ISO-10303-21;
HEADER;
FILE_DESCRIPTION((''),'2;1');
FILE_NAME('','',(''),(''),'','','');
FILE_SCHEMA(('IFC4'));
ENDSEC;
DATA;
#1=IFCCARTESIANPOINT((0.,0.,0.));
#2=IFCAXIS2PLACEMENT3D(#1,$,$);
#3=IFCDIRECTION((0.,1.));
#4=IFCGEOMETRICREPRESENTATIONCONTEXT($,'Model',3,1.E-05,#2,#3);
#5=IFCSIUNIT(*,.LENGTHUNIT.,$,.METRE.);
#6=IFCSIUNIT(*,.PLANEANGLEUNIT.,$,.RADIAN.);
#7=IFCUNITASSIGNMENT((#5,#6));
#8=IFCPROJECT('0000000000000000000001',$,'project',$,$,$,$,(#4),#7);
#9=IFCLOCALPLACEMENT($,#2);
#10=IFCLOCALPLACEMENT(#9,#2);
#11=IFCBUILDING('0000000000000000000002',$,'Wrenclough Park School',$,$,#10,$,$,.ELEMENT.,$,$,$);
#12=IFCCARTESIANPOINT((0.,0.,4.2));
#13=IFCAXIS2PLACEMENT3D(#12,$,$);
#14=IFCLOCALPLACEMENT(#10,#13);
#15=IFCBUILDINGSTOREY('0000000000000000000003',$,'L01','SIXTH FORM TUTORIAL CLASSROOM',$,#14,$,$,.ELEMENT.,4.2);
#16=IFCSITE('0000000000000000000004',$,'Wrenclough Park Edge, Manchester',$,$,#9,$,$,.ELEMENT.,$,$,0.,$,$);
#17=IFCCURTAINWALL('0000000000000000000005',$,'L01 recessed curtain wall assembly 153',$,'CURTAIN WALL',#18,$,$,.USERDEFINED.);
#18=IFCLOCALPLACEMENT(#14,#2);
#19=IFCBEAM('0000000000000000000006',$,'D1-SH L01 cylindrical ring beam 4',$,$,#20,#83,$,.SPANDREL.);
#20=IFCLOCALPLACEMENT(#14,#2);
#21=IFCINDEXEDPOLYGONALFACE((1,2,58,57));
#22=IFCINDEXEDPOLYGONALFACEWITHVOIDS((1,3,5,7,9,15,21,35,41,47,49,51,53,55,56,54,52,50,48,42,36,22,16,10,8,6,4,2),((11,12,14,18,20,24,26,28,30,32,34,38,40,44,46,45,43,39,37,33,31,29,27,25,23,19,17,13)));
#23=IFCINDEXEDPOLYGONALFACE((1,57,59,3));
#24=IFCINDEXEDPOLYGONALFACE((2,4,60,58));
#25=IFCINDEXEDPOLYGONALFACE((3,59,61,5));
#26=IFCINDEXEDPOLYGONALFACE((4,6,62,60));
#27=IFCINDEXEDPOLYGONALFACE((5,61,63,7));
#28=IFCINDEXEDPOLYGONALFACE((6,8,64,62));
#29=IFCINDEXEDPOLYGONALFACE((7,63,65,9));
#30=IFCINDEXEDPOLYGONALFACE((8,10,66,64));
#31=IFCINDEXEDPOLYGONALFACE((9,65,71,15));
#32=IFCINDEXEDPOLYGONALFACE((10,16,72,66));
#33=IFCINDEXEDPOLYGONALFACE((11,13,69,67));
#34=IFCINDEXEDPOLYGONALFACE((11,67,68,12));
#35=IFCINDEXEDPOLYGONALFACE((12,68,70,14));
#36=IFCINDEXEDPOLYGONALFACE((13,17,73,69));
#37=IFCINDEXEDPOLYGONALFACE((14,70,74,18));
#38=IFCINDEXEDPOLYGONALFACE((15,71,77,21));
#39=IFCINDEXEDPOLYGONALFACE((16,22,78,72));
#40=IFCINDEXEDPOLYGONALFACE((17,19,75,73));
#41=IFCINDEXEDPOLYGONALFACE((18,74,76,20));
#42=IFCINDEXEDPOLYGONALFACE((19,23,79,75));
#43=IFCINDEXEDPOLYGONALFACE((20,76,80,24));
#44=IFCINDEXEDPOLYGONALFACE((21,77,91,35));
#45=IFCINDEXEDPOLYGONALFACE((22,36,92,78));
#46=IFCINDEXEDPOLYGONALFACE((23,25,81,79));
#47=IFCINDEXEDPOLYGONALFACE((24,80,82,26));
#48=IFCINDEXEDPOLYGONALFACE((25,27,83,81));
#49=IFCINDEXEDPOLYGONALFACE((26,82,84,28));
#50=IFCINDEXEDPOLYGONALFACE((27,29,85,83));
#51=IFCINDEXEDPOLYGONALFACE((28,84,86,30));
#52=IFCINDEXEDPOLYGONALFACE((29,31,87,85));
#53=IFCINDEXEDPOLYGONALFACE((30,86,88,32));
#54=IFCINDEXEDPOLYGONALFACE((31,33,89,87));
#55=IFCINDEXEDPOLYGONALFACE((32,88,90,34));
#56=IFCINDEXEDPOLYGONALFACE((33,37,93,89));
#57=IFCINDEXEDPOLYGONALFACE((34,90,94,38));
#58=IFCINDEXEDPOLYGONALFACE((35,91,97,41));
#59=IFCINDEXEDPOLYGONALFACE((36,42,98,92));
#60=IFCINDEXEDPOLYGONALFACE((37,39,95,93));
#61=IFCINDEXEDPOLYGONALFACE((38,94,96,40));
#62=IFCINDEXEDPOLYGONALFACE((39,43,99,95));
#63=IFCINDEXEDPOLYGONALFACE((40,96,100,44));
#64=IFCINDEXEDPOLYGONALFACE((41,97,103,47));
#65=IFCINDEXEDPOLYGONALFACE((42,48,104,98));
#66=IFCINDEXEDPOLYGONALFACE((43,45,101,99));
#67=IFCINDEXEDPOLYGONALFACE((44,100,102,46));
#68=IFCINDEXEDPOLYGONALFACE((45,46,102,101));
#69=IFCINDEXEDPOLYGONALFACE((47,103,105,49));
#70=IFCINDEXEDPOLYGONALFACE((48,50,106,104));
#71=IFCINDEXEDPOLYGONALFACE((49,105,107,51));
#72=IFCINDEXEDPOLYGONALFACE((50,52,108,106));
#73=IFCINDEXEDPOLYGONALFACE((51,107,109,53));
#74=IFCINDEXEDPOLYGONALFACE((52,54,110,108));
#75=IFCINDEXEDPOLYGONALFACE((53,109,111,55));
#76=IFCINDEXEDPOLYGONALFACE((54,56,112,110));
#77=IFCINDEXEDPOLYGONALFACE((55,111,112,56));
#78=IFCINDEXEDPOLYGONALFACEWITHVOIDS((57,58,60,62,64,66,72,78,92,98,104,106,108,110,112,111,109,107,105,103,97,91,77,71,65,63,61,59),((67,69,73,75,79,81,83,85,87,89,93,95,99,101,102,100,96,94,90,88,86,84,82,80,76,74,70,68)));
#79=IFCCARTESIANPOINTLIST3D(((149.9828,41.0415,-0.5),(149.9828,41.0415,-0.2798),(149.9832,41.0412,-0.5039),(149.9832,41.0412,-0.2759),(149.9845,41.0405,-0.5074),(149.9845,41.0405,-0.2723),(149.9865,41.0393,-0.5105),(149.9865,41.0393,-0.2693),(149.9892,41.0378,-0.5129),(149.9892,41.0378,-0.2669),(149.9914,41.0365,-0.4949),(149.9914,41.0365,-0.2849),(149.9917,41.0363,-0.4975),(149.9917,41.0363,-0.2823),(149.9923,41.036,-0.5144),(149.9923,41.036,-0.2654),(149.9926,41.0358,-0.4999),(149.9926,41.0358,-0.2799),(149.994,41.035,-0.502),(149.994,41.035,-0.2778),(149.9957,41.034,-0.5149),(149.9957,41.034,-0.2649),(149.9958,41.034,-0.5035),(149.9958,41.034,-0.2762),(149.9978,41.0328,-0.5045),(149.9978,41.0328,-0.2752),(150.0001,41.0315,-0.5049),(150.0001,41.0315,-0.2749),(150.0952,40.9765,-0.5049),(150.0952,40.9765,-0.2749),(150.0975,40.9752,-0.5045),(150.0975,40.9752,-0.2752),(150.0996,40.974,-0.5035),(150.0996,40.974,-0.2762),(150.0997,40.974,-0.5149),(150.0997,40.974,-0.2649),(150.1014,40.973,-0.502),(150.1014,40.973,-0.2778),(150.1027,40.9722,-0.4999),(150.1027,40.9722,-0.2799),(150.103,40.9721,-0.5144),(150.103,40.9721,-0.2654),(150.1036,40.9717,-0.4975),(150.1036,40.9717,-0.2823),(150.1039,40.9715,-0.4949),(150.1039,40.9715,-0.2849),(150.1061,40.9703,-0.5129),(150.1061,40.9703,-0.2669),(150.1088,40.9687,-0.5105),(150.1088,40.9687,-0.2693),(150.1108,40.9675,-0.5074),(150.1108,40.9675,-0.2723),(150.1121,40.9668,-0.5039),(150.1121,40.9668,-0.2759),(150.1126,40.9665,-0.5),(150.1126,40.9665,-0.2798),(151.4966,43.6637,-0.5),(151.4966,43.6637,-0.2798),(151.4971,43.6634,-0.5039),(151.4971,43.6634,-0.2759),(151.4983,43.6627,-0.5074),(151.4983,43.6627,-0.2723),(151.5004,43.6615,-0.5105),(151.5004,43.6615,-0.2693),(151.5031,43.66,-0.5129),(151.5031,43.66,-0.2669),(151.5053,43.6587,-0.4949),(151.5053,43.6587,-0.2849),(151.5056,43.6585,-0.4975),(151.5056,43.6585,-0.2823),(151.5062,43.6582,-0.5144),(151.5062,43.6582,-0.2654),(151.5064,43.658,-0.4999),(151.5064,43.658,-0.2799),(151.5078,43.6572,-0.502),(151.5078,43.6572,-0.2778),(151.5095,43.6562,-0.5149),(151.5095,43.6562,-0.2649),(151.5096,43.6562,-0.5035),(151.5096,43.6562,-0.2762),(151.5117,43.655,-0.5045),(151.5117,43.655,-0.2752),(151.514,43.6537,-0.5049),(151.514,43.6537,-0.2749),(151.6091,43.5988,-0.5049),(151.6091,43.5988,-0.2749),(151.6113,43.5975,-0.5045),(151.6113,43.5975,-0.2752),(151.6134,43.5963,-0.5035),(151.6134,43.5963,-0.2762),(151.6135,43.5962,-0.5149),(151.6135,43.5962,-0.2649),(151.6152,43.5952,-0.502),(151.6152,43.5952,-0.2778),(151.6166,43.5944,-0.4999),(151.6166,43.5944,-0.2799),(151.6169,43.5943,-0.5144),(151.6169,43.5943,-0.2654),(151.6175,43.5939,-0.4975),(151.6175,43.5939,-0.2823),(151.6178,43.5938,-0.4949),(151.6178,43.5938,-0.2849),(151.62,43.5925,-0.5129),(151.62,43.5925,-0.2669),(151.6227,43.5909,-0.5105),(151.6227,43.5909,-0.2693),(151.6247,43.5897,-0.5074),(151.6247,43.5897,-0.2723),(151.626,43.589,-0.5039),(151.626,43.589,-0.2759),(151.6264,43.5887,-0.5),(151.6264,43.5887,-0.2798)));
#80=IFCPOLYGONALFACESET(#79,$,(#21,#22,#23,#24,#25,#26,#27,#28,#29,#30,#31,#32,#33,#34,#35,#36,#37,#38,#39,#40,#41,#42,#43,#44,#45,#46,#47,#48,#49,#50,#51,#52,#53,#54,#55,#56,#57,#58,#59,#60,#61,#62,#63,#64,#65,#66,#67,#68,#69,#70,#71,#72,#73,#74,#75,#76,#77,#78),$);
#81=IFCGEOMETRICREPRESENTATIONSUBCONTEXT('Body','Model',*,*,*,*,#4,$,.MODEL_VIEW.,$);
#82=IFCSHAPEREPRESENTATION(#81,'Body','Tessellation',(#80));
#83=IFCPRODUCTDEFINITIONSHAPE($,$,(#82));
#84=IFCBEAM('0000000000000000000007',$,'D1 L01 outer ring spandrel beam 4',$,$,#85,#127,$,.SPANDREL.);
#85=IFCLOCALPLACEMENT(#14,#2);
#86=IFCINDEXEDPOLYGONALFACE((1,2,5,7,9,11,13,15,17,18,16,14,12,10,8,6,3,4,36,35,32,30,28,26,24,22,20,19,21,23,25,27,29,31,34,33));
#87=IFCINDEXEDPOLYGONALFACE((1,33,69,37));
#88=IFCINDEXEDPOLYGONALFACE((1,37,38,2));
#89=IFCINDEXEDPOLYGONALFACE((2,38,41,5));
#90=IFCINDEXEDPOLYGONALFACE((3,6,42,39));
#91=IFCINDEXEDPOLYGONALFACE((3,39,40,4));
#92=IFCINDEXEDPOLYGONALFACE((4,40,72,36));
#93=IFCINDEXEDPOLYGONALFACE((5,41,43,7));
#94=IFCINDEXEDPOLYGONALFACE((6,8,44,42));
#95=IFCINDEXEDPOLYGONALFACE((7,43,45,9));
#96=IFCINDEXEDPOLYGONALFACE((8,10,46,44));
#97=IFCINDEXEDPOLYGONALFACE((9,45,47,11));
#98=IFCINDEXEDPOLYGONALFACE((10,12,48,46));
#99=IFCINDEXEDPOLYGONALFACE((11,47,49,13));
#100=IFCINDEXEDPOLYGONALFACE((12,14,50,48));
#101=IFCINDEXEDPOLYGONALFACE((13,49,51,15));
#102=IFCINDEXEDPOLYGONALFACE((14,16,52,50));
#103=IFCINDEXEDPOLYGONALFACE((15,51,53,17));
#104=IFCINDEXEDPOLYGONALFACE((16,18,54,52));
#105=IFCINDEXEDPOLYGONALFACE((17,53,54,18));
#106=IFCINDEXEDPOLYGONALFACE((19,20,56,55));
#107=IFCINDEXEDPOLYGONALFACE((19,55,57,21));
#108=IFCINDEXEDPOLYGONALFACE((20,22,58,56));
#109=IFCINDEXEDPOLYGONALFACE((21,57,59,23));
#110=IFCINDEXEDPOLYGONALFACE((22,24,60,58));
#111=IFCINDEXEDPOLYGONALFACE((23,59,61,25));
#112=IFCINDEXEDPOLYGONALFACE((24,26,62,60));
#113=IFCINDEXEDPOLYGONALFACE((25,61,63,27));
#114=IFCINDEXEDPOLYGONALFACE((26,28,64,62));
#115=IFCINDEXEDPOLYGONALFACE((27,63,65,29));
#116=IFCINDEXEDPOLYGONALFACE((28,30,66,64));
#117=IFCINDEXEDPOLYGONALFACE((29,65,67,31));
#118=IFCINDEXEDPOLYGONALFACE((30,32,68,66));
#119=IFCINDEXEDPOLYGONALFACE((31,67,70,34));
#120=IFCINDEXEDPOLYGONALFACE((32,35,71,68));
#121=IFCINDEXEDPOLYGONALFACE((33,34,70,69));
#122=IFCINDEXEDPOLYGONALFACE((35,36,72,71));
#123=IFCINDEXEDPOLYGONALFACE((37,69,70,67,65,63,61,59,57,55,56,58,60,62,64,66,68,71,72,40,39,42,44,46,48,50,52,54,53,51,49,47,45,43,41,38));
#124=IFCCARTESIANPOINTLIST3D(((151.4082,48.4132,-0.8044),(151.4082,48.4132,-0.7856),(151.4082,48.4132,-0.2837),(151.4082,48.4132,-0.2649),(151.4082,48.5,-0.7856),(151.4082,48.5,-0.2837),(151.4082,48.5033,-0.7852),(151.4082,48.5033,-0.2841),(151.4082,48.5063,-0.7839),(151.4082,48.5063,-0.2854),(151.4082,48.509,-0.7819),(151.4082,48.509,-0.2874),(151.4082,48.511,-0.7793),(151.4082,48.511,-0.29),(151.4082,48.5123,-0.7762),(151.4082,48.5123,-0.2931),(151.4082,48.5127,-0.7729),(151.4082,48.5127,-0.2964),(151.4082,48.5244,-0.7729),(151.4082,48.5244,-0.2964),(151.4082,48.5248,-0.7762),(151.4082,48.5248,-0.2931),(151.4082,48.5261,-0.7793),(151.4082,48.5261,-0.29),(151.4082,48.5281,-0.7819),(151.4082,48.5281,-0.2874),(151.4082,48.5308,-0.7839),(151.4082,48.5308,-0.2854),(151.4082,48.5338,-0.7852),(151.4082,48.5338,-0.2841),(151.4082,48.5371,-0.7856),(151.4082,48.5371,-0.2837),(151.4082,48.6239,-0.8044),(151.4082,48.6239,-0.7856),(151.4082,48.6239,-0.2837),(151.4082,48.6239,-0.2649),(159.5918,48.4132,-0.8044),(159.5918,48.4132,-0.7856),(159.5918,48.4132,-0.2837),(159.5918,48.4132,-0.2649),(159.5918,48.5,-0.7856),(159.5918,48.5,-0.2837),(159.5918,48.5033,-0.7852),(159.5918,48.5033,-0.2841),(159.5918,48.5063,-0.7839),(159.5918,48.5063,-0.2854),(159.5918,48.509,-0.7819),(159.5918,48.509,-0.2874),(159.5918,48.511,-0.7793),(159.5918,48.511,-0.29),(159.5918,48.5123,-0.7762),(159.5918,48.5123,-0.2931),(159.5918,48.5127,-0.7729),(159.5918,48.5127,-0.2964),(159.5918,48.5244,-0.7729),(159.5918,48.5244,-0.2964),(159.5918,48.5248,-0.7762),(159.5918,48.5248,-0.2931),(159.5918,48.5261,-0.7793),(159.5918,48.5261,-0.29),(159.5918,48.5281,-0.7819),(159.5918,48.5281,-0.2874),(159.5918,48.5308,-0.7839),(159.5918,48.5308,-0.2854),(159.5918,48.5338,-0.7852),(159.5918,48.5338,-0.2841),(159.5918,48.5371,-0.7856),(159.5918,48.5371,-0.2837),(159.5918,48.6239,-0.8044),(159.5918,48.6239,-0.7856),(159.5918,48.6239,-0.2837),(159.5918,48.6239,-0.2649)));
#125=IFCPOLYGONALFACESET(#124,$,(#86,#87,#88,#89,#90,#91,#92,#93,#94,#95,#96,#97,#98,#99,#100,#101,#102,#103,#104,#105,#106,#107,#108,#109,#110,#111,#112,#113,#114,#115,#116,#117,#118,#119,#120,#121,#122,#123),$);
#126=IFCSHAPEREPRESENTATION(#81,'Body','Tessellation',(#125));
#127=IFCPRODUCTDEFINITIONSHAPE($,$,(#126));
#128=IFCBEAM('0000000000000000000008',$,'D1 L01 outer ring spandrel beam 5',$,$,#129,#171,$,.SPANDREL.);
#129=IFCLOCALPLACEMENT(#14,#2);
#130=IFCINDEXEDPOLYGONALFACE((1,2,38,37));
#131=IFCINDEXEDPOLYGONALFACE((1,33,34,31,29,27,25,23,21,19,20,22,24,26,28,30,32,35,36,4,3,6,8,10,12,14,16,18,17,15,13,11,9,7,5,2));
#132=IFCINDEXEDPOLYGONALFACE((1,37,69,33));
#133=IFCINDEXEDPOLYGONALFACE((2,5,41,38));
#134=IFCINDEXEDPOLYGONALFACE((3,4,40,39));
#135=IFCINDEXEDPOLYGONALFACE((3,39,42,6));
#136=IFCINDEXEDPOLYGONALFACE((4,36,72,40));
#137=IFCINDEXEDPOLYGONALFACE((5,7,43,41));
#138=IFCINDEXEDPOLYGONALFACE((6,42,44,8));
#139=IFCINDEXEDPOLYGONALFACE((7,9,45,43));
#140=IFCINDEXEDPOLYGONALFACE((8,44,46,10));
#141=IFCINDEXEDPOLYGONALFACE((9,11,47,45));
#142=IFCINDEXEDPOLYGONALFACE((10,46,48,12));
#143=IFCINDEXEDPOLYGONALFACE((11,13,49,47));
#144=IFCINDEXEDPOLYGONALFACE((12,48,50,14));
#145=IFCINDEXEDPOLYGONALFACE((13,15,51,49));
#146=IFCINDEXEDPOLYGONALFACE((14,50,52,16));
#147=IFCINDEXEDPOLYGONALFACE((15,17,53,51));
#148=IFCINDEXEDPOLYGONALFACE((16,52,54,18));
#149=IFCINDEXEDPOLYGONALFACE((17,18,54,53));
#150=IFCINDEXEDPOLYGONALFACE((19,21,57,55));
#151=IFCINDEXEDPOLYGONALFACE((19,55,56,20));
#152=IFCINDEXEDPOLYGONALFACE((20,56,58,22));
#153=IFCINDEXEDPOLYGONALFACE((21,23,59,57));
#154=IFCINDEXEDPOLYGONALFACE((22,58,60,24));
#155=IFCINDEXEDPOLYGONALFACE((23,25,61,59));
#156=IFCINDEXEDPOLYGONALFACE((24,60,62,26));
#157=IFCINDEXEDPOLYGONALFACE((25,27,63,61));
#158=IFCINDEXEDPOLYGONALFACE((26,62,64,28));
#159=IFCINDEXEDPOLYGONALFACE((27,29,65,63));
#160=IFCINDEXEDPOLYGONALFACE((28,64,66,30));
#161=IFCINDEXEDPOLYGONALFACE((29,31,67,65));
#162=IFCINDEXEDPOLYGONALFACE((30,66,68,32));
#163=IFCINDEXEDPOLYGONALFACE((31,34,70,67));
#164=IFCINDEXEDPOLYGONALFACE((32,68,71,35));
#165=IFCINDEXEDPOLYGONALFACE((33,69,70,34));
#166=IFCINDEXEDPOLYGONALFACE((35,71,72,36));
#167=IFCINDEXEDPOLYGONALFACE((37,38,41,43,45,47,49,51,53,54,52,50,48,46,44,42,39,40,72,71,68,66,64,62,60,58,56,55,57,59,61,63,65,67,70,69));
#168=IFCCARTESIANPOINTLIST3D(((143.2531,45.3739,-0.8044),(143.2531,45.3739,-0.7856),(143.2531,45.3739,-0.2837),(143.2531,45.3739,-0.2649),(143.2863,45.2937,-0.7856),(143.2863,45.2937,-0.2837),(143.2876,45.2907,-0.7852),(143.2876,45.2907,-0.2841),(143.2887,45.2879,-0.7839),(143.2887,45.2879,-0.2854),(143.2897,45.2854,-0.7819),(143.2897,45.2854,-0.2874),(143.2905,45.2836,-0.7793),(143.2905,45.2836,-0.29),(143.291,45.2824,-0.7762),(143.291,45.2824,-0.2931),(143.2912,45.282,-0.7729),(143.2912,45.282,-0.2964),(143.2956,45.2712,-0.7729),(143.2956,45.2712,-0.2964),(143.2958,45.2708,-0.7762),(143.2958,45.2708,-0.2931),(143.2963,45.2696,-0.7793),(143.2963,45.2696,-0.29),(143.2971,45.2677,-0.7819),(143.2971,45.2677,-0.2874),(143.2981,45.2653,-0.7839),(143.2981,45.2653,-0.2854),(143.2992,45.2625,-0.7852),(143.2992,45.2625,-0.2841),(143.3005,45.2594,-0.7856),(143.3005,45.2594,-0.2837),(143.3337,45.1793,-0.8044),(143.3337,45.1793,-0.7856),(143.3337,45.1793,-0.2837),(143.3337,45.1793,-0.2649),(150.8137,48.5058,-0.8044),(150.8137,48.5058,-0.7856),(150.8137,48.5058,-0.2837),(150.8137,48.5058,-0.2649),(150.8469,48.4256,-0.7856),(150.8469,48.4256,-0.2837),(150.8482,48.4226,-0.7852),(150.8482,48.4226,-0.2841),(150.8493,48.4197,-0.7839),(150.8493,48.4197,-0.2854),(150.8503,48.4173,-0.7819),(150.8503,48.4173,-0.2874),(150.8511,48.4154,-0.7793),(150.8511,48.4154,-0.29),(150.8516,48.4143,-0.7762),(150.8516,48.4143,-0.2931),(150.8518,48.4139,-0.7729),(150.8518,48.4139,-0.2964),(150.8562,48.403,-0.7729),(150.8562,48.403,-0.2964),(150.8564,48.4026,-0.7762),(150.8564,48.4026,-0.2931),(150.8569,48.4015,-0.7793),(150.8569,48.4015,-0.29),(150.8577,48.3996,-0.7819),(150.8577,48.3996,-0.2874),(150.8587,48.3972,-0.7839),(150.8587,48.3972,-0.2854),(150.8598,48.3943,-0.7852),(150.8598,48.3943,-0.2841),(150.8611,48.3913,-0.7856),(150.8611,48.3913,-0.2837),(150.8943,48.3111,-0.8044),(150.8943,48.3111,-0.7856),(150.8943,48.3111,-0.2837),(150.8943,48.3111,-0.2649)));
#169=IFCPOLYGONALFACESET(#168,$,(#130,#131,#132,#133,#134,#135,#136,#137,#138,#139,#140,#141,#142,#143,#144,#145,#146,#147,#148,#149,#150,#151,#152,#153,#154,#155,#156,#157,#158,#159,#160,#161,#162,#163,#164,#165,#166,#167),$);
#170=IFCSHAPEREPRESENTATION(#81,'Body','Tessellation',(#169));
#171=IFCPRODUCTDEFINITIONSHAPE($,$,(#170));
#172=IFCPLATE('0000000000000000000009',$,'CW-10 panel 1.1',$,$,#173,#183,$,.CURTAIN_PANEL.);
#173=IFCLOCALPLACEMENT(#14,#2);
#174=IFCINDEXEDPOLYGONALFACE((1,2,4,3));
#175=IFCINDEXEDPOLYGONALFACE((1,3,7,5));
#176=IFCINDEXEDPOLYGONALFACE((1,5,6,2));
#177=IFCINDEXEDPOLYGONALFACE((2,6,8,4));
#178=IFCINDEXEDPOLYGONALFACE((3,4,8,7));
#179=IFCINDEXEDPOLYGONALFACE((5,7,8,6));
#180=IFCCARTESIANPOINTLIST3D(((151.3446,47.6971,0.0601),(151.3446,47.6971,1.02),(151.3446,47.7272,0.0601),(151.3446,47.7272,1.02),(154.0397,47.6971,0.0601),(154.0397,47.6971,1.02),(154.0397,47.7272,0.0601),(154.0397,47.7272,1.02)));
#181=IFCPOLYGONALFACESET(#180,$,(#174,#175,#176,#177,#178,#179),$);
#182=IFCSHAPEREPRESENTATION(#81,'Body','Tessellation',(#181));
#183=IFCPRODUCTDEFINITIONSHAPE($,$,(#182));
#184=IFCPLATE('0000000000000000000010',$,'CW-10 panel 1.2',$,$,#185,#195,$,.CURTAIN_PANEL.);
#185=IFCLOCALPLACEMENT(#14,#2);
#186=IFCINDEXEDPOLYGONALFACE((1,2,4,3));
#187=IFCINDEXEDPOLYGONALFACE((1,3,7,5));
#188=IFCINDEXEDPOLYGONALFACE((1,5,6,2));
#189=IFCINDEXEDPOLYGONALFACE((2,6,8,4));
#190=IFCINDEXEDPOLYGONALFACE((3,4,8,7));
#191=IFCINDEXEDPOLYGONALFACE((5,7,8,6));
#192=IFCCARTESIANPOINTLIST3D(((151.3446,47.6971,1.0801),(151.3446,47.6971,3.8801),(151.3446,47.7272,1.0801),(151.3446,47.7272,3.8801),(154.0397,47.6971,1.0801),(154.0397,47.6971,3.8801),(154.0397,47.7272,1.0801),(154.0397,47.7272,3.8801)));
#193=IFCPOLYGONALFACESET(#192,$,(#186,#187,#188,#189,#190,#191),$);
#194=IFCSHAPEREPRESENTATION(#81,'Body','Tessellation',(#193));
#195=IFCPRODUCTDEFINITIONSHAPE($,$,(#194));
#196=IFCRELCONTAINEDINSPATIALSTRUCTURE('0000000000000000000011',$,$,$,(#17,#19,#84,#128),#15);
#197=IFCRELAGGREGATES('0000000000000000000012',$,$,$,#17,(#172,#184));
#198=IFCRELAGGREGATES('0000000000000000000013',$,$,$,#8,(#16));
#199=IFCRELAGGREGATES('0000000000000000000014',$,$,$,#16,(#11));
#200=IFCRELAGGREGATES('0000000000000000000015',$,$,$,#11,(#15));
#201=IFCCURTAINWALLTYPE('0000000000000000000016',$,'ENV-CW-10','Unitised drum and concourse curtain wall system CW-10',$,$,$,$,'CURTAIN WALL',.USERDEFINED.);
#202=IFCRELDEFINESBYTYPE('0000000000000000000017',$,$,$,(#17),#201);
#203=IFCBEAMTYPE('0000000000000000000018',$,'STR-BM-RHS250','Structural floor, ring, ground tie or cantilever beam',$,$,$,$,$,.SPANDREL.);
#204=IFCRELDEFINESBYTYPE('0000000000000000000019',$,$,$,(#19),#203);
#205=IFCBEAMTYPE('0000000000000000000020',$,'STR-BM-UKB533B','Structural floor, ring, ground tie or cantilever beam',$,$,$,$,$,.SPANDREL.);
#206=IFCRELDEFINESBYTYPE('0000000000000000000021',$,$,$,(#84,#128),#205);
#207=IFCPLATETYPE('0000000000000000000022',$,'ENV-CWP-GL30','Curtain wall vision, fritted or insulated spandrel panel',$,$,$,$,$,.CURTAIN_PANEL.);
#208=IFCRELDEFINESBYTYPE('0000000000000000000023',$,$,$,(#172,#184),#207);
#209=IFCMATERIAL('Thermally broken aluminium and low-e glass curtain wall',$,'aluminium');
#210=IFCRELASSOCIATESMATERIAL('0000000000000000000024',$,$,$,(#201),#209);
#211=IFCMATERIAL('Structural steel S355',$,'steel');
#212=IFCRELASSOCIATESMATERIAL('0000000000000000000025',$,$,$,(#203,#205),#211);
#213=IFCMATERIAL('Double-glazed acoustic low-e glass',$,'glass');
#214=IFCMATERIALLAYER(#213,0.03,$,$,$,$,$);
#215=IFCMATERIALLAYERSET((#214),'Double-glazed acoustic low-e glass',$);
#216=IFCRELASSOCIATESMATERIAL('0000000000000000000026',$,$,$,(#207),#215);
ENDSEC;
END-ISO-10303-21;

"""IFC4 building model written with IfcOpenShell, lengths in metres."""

from ifc_helpers import new_model, si_unit, direction, frame, origin, origin_2d, place, context, subcontext, project, spatial, rectangle, hollow_rectangle, i_section, extrude, material, layer, layer_set, material_profile, profile_set, type_object, element, aggregate, save


model = new_model("IFC4")

# Units and contexts
model_context = context("Model", 3, precision=1e-05, world=origin(), true_north=direction((0.0, 1.0)))
body_context = subcontext(model_context, "Body", "Model", "MODEL_VIEW")
ifc_project = project(units=[si_unit("LENGTHUNIT", "METRE"), si_unit("PLANEANGLEUNIT", "RADIAN")], contexts=[model_context])

# Site, building, storey
site_placement = place(None, origin())
site = spatial("IfcSite", under=ifc_project, at=site_placement, Name="Wrenclough Park Edge, Manchester", CompositionType="ELEMENT", RefElevation=0.0)
building_placement = place(site_placement, origin())
building = spatial("IfcBuilding", under=site, at=building_placement, Name="Wrenclough Park School", CompositionType="ELEMENT")
storey_placement = place(building_placement, frame((0.0, 0.0, 4.2)))
storey = spatial("IfcBuildingStorey", under=building, at=storey_placement, Name="L01", Description="SIXTH FORM TUTORIAL CLASSROOM", CompositionType="ELEMENT", Elevation=4.2)

# Shared definitions
ifc_material_1 = material(Name="Structural steel S355", Category="steel")

# Curtain wall
ifc_material_2 = material(Name="Thermally broken aluminium and low-e glass curtain wall", Category="aluminium")
curtain_wall_type_1 = type_object("IfcCurtainWallType", Name="ENV-CW-10", Description="Unitised drum and concourse curtain wall system CW-10", ElementType="CURTAIN WALL", PredefinedType="USERDEFINED", material=ifc_material_2)
curtain_wall_1_placement = place(storey_placement, origin())
curtain_wall_1 = element("IfcCurtainWall", 1, at=curtain_wall_1_placement, inside=storey, type_object=curtain_wall_type_1, Name="L01 recessed curtain wall assembly 153", ObjectType="CURTAIN WALL", PredefinedType="USERDEFINED")

# Beams
ifc_material_profile_1 = material_profile(ifc_material_1, hollow_rectangle(XDim=0.1499, YDim=0.25, WallThickness=0.01, InnerFilletRadius=0.01, OuterFilletRadius=0.0149, at=origin_2d()), Name="RHS 250x150x10.0")
ifc_profile_set_1 = profile_set([ifc_material_profile_1], Name="Structural steel S355")
beam_type_1 = type_object("IfcBeamType", Name="STR-BM-RHS250", Description="Structural floor, ring, ground tie or cantilever beam", PredefinedType="SPANDREL", material=ifc_profile_set_1)
beam_1_placement = place(storey_placement, frame((151.5615, 43.6262, -0.3899), z_axis=(-0.499981, -0.866037, 0.0), x_axis=(0.866037, -0.499981, 0.0)))
element("IfcBeam", 2, at=beam_1_placement, inside=storey, type_object=beam_type_1, Name="D1-SH L01 cylindrical ring beam 4", PredefinedType="SPANDREL", context=body_context, shape_type="SweptSolid", body=[
    extrude(hollow_rectangle(XDim=0.1499, YDim=0.25, WallThickness=0.01, InnerFilletRadius=0.01, OuterFilletRadius=0.0149, at=origin_2d()), origin(), (0.0, 0.0, 1.0), 3.0278),
])
ifc_material_profile_2 = material_profile(ifc_material_1, i_section(OverallWidth=0.2107, OverallDepth=0.5396, WebThickness=0.0117, FlangeThickness=0.0188, FilletRadius=0.0127, at=origin_2d()), Name="UKB 533x210x109")
ifc_profile_set_2 = profile_set([ifc_material_profile_2], Name="Structural steel S355")
beam_type_2 = type_object("IfcBeamType", Name="STR-BM-UKB533B", Description="Structural floor, ring, ground tie or cantilever beam", PredefinedType="SPANDREL", material=ifc_profile_set_2)
for number, where, z_axis, x_axis, name in (
    (3, (159.5918, 48.5186, -0.5347), (-1.0, 0.0, 0.0), (0.0, -1.0, 0.0), "D1 L01 outer ring spandrel beam 4"),
    (4, (150.854, 48.4084, -0.5347), (-0.923873, -0.3827, 0.0), (0.3827, -0.923873, 0.0), "D1 L01 outer ring spandrel beam 5"),
):
    element("IfcBeam", number, at=place(storey_placement, frame(where, z_axis=z_axis, x_axis=x_axis)), inside=storey, type_object=beam_type_2, Name=name, PredefinedType="SPANDREL", context=body_context, shape_type="SweptSolid", body=[
        extrude(i_section(OverallWidth=0.2107, OverallDepth=0.5396, WebThickness=0.0117, FlangeThickness=0.0188, FilletRadius=0.0127, at=origin_2d()), origin(), (0.0, 0.0, 1.0), 8.1836),
    ])

# Plates
ifc_material_3 = material(Name="Double-glazed acoustic low-e glass", Category="glass")
ifc_layer_1 = layer(ifc_material_3, 0.03)
ifc_layer_set_1 = layer_set([ifc_layer_1], Name="Double-glazed acoustic low-e glass")
plate_type = type_object("IfcPlateType", Name="ENV-CWP-GL30", Description="Curtain wall vision, fritted or insulated spandrel panel", PredefinedType="CURTAIN_PANEL", material=ifc_layer_set_1)
plate_1_placement = place(storey_placement, frame((152.6921, 47.7122, 0.0601), z_axis=(0.0, 0.0, 1.0), x_axis=(1.0, 0.0, 0.0)))
plate_1 = element("IfcPlate", 5, at=plate_1_placement, type_object=plate_type, Name="CW-10 panel 1.1", PredefinedType="CURTAIN_PANEL", context=body_context, shape_type="SweptSolid", body=[
    extrude(rectangle(XDim=2.6951, YDim=0.03, at=origin_2d()), origin(), (0.0, 0.0, 1.0), 0.96),
])
plate_2_placement = place(storey_placement, frame((152.6921, 47.7122, 1.0801), z_axis=(0.0, 0.0, 1.0), x_axis=(1.0, 0.0, 0.0)))
plate_2 = element("IfcPlate", 6, at=plate_2_placement, type_object=plate_type, Name="CW-10 panel 1.2", PredefinedType="CURTAIN_PANEL", context=body_context, shape_type="SweptSolid", body=[
    extrude(rectangle(XDim=2.6951, YDim=0.03, at=origin_2d()), origin(), (0.0, 0.0, 1.0), 2.8),
])
aggregate(curtain_wall_1, [plate_1, plate_2])

save(model, "model.ifc")
